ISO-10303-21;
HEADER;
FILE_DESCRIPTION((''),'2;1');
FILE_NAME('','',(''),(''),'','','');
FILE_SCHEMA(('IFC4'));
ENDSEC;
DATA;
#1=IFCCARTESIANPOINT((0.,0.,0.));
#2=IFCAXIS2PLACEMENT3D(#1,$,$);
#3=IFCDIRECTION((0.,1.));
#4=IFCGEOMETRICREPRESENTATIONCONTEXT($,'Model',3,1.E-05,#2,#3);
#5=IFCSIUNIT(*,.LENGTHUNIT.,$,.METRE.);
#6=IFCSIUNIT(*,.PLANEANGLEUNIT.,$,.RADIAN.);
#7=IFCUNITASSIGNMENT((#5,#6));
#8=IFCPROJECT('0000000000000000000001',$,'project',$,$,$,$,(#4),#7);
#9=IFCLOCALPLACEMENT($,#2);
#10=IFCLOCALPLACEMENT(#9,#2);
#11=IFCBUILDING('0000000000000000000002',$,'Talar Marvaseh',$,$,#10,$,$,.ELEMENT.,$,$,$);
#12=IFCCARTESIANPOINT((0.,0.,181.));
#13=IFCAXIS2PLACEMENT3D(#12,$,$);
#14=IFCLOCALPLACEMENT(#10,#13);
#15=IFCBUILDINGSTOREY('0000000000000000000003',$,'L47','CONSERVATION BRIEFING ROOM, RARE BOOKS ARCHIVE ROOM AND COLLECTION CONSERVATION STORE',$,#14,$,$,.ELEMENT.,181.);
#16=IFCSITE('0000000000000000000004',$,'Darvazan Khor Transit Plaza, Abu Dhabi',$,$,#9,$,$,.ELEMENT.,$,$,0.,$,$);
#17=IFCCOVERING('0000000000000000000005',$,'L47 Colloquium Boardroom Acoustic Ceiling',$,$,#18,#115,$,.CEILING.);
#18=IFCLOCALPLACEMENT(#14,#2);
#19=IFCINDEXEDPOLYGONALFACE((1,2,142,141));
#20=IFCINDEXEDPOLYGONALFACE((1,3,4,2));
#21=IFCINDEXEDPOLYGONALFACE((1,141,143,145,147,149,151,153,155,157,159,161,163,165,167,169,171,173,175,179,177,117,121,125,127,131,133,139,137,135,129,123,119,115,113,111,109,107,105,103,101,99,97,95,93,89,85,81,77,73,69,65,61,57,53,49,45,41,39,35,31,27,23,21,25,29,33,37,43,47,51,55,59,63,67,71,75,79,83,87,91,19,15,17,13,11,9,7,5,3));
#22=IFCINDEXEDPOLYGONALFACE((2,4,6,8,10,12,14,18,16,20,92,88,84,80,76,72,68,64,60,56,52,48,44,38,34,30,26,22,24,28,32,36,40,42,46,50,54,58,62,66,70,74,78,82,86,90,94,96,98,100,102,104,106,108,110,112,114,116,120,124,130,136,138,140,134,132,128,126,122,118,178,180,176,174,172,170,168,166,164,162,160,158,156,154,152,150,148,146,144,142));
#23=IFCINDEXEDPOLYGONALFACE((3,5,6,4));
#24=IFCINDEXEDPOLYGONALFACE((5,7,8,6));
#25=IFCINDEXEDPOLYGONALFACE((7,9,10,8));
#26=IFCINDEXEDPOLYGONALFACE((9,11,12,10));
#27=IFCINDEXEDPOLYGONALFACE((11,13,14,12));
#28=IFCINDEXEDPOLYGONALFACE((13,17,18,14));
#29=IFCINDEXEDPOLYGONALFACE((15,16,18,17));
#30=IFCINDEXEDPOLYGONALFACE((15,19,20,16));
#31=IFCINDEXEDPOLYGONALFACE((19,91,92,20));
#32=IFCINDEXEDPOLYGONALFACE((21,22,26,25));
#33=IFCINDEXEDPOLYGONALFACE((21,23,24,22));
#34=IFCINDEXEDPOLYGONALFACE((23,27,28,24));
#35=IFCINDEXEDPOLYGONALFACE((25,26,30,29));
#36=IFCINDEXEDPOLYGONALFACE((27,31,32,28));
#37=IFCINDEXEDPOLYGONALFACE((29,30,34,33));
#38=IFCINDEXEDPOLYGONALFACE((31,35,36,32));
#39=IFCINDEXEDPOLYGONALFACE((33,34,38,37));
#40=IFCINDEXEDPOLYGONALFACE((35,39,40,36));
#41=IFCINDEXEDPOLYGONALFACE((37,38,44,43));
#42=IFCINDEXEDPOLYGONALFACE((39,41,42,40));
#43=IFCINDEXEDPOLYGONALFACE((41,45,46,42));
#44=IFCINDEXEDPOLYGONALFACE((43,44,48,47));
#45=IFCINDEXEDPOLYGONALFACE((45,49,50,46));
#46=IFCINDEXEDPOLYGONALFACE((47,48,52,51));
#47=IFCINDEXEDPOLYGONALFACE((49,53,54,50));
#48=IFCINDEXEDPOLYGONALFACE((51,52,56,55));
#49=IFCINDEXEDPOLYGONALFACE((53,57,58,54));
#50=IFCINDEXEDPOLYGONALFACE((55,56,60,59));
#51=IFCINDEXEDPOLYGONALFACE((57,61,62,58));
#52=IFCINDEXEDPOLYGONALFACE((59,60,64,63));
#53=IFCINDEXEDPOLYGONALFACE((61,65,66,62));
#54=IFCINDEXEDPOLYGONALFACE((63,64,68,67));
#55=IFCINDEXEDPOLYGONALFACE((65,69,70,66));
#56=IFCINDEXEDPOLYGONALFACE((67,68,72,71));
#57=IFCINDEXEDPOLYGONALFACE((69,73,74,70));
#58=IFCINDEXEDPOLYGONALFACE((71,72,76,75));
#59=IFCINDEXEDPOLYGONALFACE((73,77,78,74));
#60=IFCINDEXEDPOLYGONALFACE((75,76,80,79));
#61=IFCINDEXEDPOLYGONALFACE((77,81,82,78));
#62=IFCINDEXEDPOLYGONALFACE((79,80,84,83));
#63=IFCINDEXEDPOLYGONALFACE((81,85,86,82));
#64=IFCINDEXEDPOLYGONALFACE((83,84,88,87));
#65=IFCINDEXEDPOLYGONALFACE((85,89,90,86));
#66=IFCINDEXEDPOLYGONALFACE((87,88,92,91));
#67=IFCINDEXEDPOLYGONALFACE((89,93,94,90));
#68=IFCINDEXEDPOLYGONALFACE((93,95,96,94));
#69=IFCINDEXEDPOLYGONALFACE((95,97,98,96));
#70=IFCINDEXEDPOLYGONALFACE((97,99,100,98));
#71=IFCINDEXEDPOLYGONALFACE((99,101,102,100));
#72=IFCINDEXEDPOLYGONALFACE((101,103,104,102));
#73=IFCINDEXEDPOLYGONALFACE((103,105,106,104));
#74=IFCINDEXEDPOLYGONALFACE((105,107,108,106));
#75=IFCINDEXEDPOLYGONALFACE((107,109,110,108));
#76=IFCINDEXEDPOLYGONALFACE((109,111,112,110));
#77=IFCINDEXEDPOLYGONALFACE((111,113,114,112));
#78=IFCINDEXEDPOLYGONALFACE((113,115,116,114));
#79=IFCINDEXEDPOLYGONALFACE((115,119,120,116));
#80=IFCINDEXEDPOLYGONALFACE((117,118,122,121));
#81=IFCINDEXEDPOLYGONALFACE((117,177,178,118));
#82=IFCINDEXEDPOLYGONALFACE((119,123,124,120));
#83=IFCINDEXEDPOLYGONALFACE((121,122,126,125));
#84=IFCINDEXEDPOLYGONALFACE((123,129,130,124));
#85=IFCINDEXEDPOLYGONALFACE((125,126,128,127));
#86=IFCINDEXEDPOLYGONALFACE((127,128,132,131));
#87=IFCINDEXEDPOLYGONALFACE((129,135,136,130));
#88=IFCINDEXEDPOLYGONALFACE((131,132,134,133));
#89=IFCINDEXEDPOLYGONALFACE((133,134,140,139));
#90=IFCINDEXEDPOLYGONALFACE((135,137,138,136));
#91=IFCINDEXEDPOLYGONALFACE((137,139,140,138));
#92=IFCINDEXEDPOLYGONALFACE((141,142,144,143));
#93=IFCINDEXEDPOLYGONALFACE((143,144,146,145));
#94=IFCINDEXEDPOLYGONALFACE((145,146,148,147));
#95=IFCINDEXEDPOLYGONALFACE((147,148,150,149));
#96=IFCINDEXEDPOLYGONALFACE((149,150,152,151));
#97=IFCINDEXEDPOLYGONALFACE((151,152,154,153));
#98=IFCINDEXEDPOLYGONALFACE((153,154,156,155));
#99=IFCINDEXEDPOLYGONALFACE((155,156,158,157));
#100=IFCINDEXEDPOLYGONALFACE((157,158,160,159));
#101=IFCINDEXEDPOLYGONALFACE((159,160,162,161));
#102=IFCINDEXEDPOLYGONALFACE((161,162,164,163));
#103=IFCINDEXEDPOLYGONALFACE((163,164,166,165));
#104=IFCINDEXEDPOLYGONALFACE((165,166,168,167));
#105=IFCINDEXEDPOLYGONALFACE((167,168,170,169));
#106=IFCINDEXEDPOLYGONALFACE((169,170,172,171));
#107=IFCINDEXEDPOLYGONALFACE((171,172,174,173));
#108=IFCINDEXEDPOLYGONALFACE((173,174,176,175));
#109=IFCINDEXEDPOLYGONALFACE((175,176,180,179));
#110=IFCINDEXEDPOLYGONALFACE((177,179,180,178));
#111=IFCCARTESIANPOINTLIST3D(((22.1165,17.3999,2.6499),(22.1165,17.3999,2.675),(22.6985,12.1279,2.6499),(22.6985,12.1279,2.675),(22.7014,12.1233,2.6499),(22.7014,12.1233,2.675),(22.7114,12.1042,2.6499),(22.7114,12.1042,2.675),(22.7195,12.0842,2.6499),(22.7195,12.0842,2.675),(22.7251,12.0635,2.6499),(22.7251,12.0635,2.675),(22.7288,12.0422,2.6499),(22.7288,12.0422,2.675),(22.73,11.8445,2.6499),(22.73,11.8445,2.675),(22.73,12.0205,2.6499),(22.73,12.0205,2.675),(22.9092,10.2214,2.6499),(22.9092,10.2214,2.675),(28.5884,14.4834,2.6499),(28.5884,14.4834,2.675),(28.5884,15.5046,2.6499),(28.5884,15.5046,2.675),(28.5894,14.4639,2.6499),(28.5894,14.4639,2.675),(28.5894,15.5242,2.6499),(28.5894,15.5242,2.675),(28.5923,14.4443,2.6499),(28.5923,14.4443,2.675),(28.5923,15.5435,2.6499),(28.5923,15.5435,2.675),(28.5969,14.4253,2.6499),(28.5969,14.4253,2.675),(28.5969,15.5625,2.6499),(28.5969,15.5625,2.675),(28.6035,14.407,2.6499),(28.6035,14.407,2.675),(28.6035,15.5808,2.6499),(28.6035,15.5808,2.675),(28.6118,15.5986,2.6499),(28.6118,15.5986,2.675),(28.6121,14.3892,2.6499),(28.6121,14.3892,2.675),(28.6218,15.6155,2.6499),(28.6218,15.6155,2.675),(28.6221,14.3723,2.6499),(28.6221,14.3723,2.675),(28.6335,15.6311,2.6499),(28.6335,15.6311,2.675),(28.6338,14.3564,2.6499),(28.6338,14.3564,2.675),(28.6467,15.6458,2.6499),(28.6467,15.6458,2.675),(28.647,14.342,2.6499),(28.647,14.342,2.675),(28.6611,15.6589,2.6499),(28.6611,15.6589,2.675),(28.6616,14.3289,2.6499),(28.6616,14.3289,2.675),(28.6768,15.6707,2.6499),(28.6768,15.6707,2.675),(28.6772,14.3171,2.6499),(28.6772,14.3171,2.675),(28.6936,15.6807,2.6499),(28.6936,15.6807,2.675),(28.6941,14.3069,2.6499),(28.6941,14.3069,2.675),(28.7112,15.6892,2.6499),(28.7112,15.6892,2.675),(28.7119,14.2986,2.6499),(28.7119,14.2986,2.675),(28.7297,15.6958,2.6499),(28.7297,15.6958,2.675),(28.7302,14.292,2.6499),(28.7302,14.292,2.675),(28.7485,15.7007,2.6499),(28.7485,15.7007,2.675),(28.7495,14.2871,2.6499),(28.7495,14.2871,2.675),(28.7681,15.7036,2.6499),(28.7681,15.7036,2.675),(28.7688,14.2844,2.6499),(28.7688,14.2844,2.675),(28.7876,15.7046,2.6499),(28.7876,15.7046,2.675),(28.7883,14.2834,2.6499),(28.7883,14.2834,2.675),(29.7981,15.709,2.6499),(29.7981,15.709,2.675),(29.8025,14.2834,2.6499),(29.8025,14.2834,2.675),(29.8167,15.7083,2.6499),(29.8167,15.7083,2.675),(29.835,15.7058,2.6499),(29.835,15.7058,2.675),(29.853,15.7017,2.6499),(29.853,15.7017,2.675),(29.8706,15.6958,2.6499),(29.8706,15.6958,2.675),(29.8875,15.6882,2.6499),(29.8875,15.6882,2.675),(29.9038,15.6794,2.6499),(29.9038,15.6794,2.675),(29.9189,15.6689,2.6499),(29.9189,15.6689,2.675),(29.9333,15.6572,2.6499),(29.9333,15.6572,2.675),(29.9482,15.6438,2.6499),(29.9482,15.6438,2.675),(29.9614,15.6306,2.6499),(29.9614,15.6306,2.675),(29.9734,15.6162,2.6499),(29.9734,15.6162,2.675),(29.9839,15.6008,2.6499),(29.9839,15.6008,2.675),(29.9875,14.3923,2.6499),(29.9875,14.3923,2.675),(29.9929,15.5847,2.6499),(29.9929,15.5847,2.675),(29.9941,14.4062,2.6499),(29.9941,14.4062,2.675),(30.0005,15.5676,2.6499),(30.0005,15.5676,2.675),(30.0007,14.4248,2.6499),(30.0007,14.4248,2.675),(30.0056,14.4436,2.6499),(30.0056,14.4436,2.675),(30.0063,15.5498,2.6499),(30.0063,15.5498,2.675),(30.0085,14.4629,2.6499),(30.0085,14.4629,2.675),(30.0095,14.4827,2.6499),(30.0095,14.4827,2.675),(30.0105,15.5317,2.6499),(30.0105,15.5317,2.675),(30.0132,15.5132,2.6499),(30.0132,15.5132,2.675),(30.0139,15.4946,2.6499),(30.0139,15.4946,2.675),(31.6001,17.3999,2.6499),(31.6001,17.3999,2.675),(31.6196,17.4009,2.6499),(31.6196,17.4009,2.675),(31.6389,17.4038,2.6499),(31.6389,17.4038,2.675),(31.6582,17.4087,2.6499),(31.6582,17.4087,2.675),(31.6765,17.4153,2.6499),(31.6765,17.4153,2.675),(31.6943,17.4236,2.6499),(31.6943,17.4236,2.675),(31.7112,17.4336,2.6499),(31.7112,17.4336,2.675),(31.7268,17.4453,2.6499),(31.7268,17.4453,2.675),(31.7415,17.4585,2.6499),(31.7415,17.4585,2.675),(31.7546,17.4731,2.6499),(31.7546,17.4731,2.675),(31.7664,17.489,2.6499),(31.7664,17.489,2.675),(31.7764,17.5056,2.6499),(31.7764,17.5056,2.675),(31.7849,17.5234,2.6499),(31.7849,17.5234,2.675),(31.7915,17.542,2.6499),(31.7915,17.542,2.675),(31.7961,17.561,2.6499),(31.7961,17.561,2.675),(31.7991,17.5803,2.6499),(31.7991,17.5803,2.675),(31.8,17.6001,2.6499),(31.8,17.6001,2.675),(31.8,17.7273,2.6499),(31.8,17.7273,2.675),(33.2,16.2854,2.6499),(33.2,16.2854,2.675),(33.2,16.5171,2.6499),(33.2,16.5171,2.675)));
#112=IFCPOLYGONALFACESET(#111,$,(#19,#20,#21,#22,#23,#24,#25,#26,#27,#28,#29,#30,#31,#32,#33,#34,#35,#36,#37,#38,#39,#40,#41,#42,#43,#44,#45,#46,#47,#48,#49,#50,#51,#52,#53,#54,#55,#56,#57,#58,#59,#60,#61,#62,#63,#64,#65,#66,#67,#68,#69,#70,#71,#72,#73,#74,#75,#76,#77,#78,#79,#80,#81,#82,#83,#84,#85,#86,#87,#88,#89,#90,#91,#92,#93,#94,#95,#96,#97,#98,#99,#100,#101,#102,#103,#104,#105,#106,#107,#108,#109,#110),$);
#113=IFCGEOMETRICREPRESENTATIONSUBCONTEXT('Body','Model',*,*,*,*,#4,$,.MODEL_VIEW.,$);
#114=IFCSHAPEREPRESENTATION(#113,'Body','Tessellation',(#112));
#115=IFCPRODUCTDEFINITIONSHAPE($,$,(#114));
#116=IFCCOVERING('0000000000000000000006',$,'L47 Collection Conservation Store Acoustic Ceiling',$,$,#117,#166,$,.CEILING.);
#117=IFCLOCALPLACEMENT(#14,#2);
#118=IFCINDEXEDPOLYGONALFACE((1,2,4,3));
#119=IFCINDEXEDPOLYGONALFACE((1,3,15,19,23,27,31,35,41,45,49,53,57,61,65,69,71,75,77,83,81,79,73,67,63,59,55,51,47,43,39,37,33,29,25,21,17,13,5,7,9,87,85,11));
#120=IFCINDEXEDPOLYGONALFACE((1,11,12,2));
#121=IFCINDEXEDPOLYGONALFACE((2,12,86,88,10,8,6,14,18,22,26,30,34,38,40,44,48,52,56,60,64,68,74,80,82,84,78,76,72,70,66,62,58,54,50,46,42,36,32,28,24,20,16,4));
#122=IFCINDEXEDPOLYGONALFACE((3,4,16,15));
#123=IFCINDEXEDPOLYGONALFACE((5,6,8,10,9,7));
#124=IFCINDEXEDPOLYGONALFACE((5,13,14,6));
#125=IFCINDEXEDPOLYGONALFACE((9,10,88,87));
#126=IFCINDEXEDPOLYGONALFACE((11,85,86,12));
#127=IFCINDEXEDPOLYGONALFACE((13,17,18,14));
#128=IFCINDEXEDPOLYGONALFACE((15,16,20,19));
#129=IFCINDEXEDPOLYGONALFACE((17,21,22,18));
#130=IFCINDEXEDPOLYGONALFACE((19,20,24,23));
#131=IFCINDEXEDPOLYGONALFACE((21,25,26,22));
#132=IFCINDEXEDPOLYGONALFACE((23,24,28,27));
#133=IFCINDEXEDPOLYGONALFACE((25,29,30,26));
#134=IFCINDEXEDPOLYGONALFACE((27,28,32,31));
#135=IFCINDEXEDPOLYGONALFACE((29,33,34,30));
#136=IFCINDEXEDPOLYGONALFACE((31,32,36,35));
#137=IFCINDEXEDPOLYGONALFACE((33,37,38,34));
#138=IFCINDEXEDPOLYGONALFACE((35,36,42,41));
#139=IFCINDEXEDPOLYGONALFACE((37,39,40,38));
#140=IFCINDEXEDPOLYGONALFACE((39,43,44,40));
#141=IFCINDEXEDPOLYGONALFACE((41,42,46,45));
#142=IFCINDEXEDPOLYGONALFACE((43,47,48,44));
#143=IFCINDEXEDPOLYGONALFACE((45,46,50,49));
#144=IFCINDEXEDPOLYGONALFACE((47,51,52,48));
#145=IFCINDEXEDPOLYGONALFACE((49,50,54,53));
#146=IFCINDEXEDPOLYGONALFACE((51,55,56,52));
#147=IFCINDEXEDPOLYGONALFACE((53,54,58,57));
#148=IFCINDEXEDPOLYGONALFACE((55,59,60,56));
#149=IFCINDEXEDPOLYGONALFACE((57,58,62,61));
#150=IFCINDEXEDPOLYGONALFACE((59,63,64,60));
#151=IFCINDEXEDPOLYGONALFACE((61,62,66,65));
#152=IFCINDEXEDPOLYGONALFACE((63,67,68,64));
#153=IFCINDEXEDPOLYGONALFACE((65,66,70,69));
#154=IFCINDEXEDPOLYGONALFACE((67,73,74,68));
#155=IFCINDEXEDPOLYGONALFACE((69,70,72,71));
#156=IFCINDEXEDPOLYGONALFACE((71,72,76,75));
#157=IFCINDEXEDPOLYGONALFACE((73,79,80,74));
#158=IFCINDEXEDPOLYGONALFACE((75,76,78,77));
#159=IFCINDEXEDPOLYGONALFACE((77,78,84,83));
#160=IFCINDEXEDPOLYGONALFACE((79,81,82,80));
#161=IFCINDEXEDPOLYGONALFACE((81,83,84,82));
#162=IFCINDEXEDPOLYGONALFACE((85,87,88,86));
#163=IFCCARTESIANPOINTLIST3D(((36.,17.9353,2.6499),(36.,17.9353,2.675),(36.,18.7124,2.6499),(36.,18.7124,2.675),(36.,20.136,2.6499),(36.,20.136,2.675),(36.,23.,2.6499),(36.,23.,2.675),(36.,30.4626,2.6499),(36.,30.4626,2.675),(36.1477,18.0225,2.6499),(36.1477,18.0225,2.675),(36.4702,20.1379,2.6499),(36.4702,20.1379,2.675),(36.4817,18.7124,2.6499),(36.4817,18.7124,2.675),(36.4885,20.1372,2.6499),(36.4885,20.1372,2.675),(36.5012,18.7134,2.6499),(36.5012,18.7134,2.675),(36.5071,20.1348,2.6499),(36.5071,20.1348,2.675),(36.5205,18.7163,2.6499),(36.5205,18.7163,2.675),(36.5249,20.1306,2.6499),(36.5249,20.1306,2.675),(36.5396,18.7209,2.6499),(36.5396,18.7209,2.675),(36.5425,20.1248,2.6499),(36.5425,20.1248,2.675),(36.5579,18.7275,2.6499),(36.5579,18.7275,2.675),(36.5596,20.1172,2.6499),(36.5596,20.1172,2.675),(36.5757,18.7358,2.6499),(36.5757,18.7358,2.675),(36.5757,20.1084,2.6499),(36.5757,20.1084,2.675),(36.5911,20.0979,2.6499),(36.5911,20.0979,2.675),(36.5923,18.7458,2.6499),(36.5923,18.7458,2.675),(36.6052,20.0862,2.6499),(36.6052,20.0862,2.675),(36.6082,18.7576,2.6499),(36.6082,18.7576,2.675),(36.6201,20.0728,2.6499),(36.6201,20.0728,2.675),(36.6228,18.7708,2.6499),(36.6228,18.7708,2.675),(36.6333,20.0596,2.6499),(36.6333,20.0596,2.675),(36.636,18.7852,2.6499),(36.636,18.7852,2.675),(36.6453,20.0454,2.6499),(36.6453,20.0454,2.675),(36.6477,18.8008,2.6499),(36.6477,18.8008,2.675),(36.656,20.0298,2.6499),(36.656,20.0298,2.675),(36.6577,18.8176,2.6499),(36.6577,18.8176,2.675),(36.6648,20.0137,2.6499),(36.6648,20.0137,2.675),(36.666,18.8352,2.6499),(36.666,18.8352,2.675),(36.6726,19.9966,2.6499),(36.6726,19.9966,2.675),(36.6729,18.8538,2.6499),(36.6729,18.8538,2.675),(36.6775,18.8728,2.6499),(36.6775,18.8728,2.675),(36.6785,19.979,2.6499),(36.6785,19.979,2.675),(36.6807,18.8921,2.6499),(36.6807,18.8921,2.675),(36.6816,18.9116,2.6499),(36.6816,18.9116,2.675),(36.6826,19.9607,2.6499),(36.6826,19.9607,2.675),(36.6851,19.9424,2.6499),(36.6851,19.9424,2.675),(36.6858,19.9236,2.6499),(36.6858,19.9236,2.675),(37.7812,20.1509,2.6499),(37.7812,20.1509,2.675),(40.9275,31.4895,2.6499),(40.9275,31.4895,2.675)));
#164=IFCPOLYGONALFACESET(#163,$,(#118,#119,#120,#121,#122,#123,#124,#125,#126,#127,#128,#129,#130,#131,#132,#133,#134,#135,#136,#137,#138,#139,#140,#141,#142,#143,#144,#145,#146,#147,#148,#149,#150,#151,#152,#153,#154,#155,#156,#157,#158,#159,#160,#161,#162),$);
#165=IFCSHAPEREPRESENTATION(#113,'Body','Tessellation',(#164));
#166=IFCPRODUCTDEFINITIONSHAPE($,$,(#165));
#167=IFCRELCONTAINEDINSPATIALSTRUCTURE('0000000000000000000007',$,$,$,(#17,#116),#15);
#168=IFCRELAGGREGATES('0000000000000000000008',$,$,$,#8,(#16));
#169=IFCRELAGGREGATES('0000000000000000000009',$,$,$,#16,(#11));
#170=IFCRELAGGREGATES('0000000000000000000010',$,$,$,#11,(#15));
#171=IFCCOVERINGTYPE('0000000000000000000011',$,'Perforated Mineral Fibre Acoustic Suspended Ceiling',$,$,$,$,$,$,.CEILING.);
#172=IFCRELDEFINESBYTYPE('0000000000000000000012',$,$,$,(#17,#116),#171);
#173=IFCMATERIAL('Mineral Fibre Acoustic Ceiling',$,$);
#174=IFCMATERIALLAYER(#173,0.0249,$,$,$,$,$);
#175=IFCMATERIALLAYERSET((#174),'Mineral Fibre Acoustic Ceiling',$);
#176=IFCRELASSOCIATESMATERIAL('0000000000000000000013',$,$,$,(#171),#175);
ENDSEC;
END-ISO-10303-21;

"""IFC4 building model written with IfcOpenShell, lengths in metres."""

from ifc_helpers import new_model, si_unit, direction, frame, origin, place, context, subcontext, project, spatial, polyline, outline, extrude, material, layer, layer_set, type_object, element, save


model = new_model("IFC4")

# Units and contexts
model_context = context("Model", 3, precision=1e-05, world=origin(), true_north=direction((0.0, 1.0)))
body_context = subcontext(model_context, "Body", "Model", "MODEL_VIEW")
ifc_project = project(units=[si_unit("LENGTHUNIT", "METRE"), si_unit("PLANEANGLEUNIT", "RADIAN")], contexts=[model_context])

# Site, building, storey
site_placement = place(None, origin())
site = spatial("IfcSite", under=ifc_project, at=site_placement, Name="Darvazan Khor Transit Plaza, Abu Dhabi", CompositionType="ELEMENT", RefElevation=0.0)
building_placement = place(site_placement, origin())
building = spatial("IfcBuilding", under=site, at=building_placement, Name="Talar Marvaseh", CompositionType="ELEMENT")
storey_placement = place(building_placement, frame((0.0, 0.0, 181.0)))
storey = spatial("IfcBuildingStorey", under=building, at=storey_placement, Name="L47", Description="CONSERVATION BRIEFING ROOM, RARE BOOKS ARCHIVE ROOM AND COLLECTION CONSERVATION STORE", CompositionType="ELEMENT", Elevation=181.0)

# Coverings
ifc_material_1 = material(Name="Mineral Fibre Acoustic Ceiling")
ifc_layer_1 = layer(ifc_material_1, 0.0249)
ifc_layer_set_1 = layer_set([ifc_layer_1], Name="Mineral Fibre Acoustic Ceiling")
covering_type_1 = type_object("IfcCoveringType", Name="Perforated Mineral Fibre Acoustic Suspended Ceiling", PredefinedType="CEILING", material=ifc_layer_set_1)
covering_1_placement = place(storey_placement, frame((0.0, 0.0, 2.6499)))
element("IfcCovering", 1, at=covering_1_placement, inside=storey, type_object=covering_type_1, Name="L47 Colloquium Boardroom Acoustic Ceiling", PredefinedType="CEILING", context=body_context, shape_type="SweptSolid", body=[
    extrude(outline(polyline([(31.6001, 17.3999), (31.6196, 17.4009), (31.6389, 17.4038), (31.6582, 17.4087), (31.6765, 17.4153), (31.6943, 17.4236), (31.7112, 17.4336), (31.7268, 17.4453), (31.7415, 17.4585), (31.7546, 17.4731), (31.7664, 17.489), (31.7764, 17.5056), (31.7849, 17.5234), (31.7915, 17.542), (31.7961, 17.561), (31.7991, 17.5803), (31.8, 17.6001), (31.8, 17.7273), (33.2, 16.5171), (33.2, 16.2854), (29.9875, 14.3923), (29.9941, 14.4062), (30.0007, 14.4248), (30.0056, 14.4436), (30.0085, 14.4629), (30.0095, 14.4827), (30.0139, 15.4946), (30.0132, 15.5132), (30.0105, 15.5317), (30.0063, 15.5498), (30.0005, 15.5676), (29.9929, 15.5847), (29.9839, 15.6008), (29.9734, 15.6162), (29.9614, 15.6306), (29.9482, 15.6438), (29.9333, 15.6572), (29.9189, 15.6689), (29.9038, 15.6794), (29.8875, 15.6882), (29.8706, 15.6958), (29.853, 15.7017), (29.835, 15.7058), (29.8167, 15.7083), (29.7981, 15.709), (28.7876, 15.7046), (28.7681, 15.7036), (28.7485, 15.7007), (28.7297, 15.6958), (28.7112, 15.6892), (28.6936, 15.6807), (28.6768, 15.6707), (28.6611, 15.6589), (28.6467, 15.6458), (28.6335, 15.6311), (28.6218, 15.6155), (28.6118, 15.5986), (28.6035, 15.5808), (28.5969, 15.5625), (28.5923, 15.5435), (28.5894, 15.5242), (28.5884, 15.5046), (28.5884, 14.4834), (28.5894, 14.4639), (28.5923, 14.4443), (28.5969, 14.4253), (28.6035, 14.407), (28.6121, 14.3892), (28.6221, 14.3723), (28.6338, 14.3564), (28.647, 14.342), (28.6616, 14.3289), (28.6772, 14.3171), (28.6941, 14.3069), (28.7119, 14.2986), (28.7302, 14.292), (28.7495, 14.2871), (28.7688, 14.2844), (28.7883, 14.2834), (29.8025, 14.2834), (22.9092, 10.2214), (22.73, 11.8445), (22.73, 12.0205), (22.7288, 12.0422), (22.7251, 12.0635), (22.7195, 12.0842), (22.7114, 12.1042), (22.7014, 12.1233), (22.6985, 12.1279), (22.1165, 17.3999), (31.6001, 17.3999)])), origin(), (0.0, 0.0, 1.0), 0.0251),
])
covering_2_placement = place(storey_placement, frame((0.0, 0.0, 2.6499)))
element("IfcCovering", 2, at=covering_2_placement, inside=storey, type_object=covering_type_1, Name="L47 Collection Conservation Store Acoustic Ceiling", PredefinedType="CEILING", context=body_context, shape_type="SweptSolid", body=[
    extrude(outline(polyline([(36.0, 18.7124), (36.4817, 18.7124), (36.5012, 18.7134), (36.5205, 18.7163), (36.5396, 18.7209), (36.5579, 18.7275), (36.5757, 18.7358), (36.5923, 18.7458), (36.6082, 18.7576), (36.6228, 18.7708), (36.636, 18.7852), (36.6477, 18.8008), (36.6577, 18.8176), (36.666, 18.8352), (36.6729, 18.8538), (36.6775, 18.8728), (36.6807, 18.8921), (36.6816, 18.9116), (36.6858, 19.9236), (36.6851, 19.9424), (36.6826, 19.9607), (36.6785, 19.979), (36.6726, 19.9966), (36.6648, 20.0137), (36.656, 20.0298), (36.6453, 20.0454), (36.6333, 20.0596), (36.6201, 20.0728), (36.6052, 20.0862), (36.5911, 20.0979), (36.5757, 20.1084), (36.5596, 20.1172), (36.5425, 20.1248), (36.5249, 20.1306), (36.5071, 20.1348), (36.4885, 20.1372), (36.4702, 20.1379), (36.0, 20.136), (36.0, 23.0), (36.0, 30.4626), (40.9275, 31.4895), (37.7812, 20.1509), (36.1477, 18.0225), (36.0, 17.9353), (36.0, 18.7124)])), origin(), (0.0, 0.0, 1.0), 0.0251),
])

save(model, "model.ifc")
